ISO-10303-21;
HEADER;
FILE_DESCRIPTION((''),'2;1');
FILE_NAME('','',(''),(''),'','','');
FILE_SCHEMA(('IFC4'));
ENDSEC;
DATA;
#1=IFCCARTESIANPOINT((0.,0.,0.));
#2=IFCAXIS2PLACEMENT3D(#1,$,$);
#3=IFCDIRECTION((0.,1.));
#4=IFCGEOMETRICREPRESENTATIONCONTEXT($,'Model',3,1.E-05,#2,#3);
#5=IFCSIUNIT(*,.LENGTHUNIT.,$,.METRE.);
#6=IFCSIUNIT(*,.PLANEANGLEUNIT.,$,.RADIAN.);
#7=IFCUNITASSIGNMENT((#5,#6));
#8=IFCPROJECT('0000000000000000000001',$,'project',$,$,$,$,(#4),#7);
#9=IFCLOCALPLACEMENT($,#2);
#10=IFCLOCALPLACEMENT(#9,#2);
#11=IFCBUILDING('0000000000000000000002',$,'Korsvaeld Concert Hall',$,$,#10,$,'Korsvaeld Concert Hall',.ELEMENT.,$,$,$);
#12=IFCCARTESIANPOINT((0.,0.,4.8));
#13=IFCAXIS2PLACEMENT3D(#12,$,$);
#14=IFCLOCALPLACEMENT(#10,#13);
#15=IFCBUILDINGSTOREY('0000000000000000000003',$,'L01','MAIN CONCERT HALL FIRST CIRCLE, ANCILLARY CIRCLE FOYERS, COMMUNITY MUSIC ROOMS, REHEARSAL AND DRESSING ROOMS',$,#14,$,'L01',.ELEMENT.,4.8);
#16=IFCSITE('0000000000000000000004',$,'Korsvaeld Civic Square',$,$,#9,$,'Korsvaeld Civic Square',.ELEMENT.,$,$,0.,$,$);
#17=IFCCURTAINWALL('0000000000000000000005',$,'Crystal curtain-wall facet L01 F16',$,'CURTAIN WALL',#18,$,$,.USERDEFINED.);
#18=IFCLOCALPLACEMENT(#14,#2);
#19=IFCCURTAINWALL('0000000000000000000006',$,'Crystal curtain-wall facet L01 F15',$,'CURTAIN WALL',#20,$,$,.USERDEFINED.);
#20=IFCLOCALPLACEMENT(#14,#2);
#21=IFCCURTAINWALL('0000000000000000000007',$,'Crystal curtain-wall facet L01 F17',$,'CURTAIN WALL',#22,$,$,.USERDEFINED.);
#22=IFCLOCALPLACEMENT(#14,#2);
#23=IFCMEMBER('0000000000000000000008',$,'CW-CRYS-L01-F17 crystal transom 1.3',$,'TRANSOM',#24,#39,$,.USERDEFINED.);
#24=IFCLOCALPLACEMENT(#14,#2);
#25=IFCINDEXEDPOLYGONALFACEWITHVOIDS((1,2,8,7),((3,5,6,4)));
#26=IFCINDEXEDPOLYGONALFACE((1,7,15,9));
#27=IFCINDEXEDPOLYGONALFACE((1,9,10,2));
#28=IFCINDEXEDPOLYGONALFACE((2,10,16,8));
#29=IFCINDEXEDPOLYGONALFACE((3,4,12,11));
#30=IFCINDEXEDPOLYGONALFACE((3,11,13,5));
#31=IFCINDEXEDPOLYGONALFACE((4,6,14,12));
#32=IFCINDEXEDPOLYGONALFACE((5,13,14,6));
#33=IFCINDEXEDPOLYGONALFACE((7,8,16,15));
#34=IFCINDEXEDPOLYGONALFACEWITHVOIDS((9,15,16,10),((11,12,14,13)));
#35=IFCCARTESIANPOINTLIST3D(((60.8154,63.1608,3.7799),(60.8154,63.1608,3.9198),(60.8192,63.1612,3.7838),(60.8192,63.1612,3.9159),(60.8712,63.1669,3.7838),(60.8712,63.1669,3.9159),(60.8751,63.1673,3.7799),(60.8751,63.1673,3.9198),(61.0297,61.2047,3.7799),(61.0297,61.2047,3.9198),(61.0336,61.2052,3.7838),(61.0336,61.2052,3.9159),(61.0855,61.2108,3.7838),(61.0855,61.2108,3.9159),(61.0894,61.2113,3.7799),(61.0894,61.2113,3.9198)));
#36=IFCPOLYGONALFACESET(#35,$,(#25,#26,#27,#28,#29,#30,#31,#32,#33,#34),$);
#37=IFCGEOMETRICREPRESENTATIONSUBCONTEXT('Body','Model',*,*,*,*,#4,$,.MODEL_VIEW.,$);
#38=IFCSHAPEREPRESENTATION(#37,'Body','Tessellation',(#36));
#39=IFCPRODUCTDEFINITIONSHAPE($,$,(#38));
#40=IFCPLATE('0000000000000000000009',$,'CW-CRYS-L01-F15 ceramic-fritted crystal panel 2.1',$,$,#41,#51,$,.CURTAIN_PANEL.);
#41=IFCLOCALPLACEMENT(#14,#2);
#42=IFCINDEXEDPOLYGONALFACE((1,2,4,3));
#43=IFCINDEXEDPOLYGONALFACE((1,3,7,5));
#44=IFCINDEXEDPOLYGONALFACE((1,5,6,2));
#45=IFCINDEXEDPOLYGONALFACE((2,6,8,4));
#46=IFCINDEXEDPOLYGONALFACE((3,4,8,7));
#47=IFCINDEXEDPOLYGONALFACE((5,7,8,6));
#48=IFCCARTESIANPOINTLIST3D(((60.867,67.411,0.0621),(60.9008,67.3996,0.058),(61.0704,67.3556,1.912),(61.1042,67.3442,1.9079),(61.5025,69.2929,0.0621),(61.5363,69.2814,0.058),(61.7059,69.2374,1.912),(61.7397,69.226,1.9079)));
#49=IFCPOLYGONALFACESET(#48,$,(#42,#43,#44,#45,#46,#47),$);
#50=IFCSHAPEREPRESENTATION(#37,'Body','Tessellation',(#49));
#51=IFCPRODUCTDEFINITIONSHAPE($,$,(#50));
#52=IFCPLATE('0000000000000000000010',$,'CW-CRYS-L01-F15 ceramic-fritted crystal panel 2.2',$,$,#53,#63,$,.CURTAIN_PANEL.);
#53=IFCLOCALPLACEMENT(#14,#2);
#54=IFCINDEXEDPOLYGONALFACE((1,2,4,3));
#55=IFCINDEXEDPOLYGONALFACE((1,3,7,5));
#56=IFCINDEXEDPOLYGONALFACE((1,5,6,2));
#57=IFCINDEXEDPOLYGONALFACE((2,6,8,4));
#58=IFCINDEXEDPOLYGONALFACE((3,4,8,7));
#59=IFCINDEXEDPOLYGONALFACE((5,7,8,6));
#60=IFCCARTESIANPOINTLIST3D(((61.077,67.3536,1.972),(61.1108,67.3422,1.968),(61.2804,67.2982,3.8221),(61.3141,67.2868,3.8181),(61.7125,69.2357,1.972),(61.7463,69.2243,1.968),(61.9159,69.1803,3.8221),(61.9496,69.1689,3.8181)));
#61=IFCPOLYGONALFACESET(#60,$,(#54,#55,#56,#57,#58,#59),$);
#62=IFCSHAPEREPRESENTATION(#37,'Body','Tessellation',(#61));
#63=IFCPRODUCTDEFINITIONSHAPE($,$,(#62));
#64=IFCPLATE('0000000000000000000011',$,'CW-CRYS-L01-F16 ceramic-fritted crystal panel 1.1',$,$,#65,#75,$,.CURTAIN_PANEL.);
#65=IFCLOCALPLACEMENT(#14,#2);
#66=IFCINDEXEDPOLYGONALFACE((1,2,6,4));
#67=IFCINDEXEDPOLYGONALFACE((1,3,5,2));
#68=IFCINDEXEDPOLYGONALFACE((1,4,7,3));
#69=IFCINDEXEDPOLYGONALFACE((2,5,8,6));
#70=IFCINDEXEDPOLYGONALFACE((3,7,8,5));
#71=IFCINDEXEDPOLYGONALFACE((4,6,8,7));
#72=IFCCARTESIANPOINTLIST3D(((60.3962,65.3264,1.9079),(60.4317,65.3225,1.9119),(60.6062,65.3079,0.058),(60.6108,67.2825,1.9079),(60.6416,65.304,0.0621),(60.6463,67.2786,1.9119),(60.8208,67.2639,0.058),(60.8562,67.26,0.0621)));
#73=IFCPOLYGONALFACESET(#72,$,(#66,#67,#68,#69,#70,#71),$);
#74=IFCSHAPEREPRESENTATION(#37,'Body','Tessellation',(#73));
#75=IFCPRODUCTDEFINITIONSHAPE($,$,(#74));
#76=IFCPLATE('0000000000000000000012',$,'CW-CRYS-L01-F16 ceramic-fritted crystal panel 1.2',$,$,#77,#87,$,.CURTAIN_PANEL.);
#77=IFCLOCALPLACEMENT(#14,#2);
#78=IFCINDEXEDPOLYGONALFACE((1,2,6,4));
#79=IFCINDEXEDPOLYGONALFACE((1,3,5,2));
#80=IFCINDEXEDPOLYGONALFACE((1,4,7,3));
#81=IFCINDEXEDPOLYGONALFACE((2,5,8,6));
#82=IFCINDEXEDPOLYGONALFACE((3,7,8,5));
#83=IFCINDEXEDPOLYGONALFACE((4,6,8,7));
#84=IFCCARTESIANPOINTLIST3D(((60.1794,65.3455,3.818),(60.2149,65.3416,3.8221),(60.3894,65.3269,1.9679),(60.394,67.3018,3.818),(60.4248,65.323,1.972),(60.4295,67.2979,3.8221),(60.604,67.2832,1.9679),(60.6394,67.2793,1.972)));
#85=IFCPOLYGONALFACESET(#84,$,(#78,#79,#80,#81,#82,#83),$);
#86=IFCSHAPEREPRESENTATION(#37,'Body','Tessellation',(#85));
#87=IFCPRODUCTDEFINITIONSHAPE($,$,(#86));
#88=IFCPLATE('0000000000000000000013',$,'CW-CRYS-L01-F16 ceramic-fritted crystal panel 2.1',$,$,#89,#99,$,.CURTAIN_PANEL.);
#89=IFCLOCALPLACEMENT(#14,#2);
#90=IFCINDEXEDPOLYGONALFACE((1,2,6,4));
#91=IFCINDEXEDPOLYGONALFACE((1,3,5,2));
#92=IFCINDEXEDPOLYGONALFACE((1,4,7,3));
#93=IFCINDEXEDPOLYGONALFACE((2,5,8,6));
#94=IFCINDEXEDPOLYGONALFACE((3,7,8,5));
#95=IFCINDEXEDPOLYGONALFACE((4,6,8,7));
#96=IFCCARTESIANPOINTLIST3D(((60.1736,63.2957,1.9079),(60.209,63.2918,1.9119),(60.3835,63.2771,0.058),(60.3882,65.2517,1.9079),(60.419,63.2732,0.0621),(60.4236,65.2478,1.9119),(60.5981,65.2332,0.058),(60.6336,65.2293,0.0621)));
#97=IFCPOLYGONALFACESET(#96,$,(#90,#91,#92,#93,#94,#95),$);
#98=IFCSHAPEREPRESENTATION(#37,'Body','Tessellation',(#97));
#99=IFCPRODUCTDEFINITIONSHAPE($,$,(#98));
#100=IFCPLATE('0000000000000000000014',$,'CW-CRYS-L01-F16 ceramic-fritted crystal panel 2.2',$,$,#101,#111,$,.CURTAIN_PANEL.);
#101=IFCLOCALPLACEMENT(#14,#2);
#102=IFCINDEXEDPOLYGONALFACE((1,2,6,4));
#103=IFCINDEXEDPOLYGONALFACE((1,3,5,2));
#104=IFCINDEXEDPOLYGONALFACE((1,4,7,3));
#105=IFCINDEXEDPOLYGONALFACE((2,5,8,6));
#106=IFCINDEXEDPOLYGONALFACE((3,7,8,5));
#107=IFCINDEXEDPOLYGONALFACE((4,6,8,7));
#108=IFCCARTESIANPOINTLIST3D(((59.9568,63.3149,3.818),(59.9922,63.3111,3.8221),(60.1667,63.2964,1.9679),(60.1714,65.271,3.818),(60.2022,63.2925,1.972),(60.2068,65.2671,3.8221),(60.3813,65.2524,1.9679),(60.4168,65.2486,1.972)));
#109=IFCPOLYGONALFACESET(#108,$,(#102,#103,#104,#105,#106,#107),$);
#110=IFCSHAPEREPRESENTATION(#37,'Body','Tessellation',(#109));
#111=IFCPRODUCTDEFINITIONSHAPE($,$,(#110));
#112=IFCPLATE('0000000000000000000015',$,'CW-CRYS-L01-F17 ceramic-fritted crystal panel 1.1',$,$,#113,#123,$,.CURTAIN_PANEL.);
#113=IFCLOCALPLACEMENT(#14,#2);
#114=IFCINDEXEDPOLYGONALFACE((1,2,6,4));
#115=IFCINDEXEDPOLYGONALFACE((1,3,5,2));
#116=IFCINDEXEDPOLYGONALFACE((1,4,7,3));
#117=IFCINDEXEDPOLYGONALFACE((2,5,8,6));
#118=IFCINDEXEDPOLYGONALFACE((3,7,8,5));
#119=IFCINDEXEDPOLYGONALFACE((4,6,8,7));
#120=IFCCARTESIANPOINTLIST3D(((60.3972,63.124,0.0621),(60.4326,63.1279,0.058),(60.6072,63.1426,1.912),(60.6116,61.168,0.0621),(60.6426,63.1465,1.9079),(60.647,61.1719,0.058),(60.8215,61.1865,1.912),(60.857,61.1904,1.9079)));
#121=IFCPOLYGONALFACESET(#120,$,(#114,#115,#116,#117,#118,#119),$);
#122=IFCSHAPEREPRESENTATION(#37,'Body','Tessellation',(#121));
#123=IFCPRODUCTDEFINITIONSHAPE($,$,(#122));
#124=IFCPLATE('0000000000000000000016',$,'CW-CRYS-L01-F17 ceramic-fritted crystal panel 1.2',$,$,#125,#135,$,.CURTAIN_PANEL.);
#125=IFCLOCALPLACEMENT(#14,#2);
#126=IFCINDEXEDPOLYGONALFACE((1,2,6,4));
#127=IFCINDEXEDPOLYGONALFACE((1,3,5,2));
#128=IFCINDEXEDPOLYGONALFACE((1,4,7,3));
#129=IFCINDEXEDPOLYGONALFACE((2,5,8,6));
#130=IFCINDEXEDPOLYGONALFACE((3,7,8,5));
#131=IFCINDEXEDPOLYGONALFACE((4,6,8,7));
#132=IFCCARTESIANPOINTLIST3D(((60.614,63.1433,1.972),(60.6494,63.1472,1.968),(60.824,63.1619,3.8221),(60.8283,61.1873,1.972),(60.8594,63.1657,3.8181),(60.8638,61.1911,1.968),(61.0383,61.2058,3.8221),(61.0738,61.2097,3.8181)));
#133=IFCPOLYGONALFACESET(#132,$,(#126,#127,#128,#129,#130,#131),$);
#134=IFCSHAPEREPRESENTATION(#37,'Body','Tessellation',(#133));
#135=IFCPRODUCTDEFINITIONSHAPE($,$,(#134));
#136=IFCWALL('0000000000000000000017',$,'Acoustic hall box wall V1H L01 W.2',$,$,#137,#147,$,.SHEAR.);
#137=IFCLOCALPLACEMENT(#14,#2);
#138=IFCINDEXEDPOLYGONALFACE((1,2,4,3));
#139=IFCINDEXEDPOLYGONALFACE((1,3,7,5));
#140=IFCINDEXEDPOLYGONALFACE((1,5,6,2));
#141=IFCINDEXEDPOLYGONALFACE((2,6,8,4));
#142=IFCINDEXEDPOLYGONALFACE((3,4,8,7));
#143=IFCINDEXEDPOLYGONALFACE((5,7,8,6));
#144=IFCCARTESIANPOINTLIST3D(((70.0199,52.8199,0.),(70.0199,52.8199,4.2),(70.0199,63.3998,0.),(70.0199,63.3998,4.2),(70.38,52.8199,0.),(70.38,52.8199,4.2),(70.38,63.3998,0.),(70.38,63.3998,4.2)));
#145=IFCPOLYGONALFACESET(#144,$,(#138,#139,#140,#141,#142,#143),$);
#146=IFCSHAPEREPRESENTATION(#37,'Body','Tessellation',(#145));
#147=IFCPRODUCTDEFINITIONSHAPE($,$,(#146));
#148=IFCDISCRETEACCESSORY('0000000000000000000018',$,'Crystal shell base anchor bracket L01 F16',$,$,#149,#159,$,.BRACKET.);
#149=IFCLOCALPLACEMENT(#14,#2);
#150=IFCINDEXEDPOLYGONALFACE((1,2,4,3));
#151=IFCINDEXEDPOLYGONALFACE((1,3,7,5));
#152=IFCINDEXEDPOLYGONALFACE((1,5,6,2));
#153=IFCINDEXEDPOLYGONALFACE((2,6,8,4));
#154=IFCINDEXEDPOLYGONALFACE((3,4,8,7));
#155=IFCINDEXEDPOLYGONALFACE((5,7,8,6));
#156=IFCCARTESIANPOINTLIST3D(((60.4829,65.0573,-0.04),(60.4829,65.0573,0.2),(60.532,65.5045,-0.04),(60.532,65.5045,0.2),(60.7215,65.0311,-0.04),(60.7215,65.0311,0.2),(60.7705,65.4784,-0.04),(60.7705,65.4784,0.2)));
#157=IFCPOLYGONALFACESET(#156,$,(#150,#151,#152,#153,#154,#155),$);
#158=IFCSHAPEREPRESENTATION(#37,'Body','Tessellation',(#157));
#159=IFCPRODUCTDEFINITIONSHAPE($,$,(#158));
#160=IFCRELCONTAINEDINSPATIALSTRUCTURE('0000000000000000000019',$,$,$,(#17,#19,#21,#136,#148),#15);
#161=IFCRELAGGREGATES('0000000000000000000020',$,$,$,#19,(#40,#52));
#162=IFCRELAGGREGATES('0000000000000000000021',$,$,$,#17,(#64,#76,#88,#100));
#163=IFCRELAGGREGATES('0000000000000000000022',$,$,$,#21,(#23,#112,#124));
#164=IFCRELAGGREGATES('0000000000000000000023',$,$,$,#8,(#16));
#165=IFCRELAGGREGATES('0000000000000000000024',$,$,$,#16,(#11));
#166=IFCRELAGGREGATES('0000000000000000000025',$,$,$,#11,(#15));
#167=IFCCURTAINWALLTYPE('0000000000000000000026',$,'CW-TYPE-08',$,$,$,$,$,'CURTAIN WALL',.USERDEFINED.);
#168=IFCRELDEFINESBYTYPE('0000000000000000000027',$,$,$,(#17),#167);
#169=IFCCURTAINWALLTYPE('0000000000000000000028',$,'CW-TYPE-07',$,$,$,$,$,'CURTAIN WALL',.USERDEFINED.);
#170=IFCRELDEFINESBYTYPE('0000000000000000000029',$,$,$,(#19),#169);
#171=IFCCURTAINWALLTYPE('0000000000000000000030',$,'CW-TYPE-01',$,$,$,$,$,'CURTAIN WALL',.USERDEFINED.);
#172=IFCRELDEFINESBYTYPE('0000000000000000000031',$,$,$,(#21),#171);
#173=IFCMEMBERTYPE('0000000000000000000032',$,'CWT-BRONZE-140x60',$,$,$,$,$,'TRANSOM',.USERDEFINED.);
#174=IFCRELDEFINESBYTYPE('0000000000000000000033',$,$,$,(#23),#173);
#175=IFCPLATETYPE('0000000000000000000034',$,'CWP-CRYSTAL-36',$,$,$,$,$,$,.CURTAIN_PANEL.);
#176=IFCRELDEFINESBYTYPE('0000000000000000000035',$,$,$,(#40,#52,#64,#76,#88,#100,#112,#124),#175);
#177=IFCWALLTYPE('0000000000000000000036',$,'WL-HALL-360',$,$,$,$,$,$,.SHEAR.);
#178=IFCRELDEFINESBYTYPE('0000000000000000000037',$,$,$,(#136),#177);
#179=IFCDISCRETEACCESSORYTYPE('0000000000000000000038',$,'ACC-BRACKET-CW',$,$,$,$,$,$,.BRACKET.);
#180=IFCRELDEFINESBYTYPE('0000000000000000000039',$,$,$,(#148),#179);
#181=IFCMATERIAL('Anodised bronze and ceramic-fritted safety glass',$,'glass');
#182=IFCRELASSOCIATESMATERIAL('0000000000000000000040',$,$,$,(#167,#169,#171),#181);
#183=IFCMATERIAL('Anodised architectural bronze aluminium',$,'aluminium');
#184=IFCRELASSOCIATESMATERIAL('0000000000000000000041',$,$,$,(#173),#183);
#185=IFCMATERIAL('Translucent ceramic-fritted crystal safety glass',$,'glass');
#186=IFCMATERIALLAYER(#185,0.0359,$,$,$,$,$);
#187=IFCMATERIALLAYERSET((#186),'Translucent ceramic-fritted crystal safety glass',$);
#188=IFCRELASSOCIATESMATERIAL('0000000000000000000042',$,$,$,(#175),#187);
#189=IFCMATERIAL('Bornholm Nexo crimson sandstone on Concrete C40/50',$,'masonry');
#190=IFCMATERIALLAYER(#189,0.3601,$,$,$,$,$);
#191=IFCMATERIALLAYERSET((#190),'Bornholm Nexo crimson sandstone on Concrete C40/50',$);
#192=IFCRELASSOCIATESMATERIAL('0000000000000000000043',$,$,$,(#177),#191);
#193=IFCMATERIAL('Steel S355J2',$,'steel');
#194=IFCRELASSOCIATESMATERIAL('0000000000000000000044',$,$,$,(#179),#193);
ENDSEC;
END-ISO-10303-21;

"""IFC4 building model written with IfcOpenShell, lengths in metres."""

from ifc_helpers import new_model, si_unit, direction, frame, frame_2d, origin, origin_2d, place, context, subcontext, project, spatial, polyline, rectangle, hollow_rectangle, outline, extrude, material, layer, layer_set, material_profile, profile_set, type_object, element, aggregate, save


model = new_model("IFC4")

# Units and contexts
model_context = context("Model", 3, precision=1e-05, world=origin(), true_north=direction((0.0, 1.0)))
body_context = subcontext(model_context, "Body", "Model", "MODEL_VIEW")
ifc_project = project(units=[si_unit("LENGTHUNIT", "METRE"), si_unit("PLANEANGLEUNIT", "RADIAN")], contexts=[model_context])

# Site, building, storey
site_placement = place(None, origin())
site = spatial("IfcSite", under=ifc_project, at=site_placement, Name="Korsvaeld Civic Square", LongName="Korsvaeld Civic Square", CompositionType="ELEMENT", RefElevation=0.0)
building_placement = place(site_placement, origin())
building = spatial("IfcBuilding", under=site, at=building_placement, Name="Korsvaeld Concert Hall", LongName="Korsvaeld Concert Hall", CompositionType="ELEMENT")
storey_placement = place(building_placement, frame((0.0, 0.0, 4.8)))
storey = spatial("IfcBuildingStorey", under=building, at=storey_placement, Name="L01", Description="MAIN CONCERT HALL FIRST CIRCLE, ANCILLARY CIRCLE FOYERS, COMMUNITY MUSIC ROOMS, REHEARSAL AND DRESSING ROOMS", LongName="L01", CompositionType="ELEMENT", Elevation=4.8)

# Curtain walls
ifc_material_1 = material(Name="Anodised bronze and ceramic-fritted safety glass", Category="glass")
curtain_wall_type_1 = type_object("IfcCurtainWallType", Name="CW-TYPE-08", ElementType="CURTAIN WALL", PredefinedType="USERDEFINED", material=ifc_material_1)
curtain_wall_1_placement = place(storey_placement, origin())
curtain_wall_1 = element("IfcCurtainWall", 1, at=curtain_wall_1_placement, inside=storey, type_object=curtain_wall_type_1, Name="Crystal curtain-wall facet L01 F16", ObjectType="CURTAIN WALL", PredefinedType="USERDEFINED")
ifc_material_2 = material(Name="Anodised architectural bronze aluminium", Category="aluminium")
curtain_wall_type_2 = type_object("IfcCurtainWallType", Name="CW-TYPE-07", ElementType="CURTAIN WALL", PredefinedType="USERDEFINED", material=ifc_material_1)
curtain_wall_2_placement = place(storey_placement, origin())
curtain_wall_2 = element("IfcCurtainWall", 2, at=curtain_wall_2_placement, inside=storey, type_object=curtain_wall_type_2, Name="Crystal curtain-wall facet L01 F15", ObjectType="CURTAIN WALL", PredefinedType="USERDEFINED")

# Curtain wall
curtain_wall_type_3 = type_object("IfcCurtainWallType", Name="CW-TYPE-01", ElementType="CURTAIN WALL", PredefinedType="USERDEFINED", material=ifc_material_1)
curtain_wall_3_placement = place(storey_placement, origin())
curtain_wall_3 = element("IfcCurtainWall", 3, at=curtain_wall_3_placement, inside=storey, type_object=curtain_wall_type_3, Name="Crystal curtain-wall facet L01 F17", ObjectType="CURTAIN WALL", PredefinedType="USERDEFINED")

# Member
ifc_material_profile_1 = material_profile(ifc_material_2, hollow_rectangle(XDim=0.0601, YDim=0.1399, WallThickness=0.0039, at=origin_2d()), Name="CWT 140x60x4")
ifc_profile_set_1 = profile_set([ifc_material_profile_1], Name="Anodised architectural bronze aluminium")
member_type_1 = type_object("IfcMemberType", Name="CWT-BRONZE-140x60", ElementType="TRANSOM", PredefinedType="USERDEFINED", material=ifc_profile_set_1)
member_1_placement = place(storey_placement, frame((60.8452, 63.1641, 3.8499), z_axis=(0.108933, -0.994049, 0.0), x_axis=(0.994049, 0.108933, 0.0)))
member_1 = element("IfcMember", 4, at=member_1_placement, type_object=member_type_1, Name="CW-CRYS-L01-F17 crystal transom 1.3", ObjectType="TRANSOM", PredefinedType="USERDEFINED", context=body_context, shape_type="SweptSolid", body=[
    extrude(hollow_rectangle(XDim=0.0601, YDim=0.1399, WallThickness=0.0039, at=origin_2d()), origin(), (0.0, 0.0, 1.0), 1.9678),
])

# Plates
ifc_material_3 = material(Name="Translucent ceramic-fritted crystal safety glass", Category="glass")
ifc_layer_1 = layer(ifc_material_3, 0.0359)
ifc_layer_set_1 = layer_set([ifc_layer_1], Name="Translucent ceramic-fritted crystal safety glass")
plate_type = type_object("IfcPlateType", Name="CWP-CRYSTAL-36", PredefinedType="CURTAIN_PANEL", material=ifc_layer_set_1)
plate_1_placement = place(storey_placement, frame((61.5195, 69.2871, 0.0601), z_axis=(-0.941365, 0.3179, 0.113016), x_axis=(-0.31995, -0.947435, 0.0)))
plate_1 = element("IfcPlate", 5, at=plate_1_placement, type_object=plate_type, Name="CW-CRYS-L01-F15 ceramic-fritted crystal panel 2.1", PredefinedType="CURTAIN_PANEL", context=body_context, shape_type="SweptSolid", body=[
    extrude(outline(polyline([(0.0, 0.0), (1.9862, 0.0), (1.9737, 1.8618), (-0.0126, 1.8618), (0.0, 0.0)])), frame((0.0, 0.0, 0.0181)), (0.0, 0.0, -1.0), 0.0359),
])
plate_2_placement = place(storey_placement, frame((61.7295, 69.23, 1.97), z_axis=(-0.941379, 0.317863, 0.113001), x_axis=(-0.319912, -0.947447, 0.0)))
plate_2 = element("IfcPlate", 6, at=plate_2_placement, type_object=plate_type, Name="CW-CRYS-L01-F15 ceramic-fritted crystal panel 2.2", PredefinedType="CURTAIN_PANEL", context=body_context, shape_type="SweptSolid", body=[
    extrude(outline(polyline([(0.0, 0.0), (1.9865, 0.0), (1.9739, 1.862), (-0.0126, 1.862), (0.0, 0.0)])), frame((0.0, 0.0, 0.0181)), (0.0, 0.0, -1.0), 0.0359),
])
aggregate(curtain_wall_2, [plate_1, plate_2])
plate_3_placement = place(storey_placement, frame((60.8386, 67.262, 0.0601), z_axis=(-0.987648, 0.108355, -0.113186), x_axis=(-0.109056, -0.994036, 0.0)))
plate_3 = element("IfcPlate", 7, at=plate_3_placement, type_object=plate_type, Name="CW-CRYS-L01-F16 ceramic-fritted crystal panel 1.1", PredefinedType="CURTAIN_PANEL", context=body_context, shape_type="SweptSolid", body=[
    extrude(outline(polyline([(0.0, 0.0), (1.9678, 0.0), (1.9722, 1.8618), (0.0045, 1.8618), (0.0, 0.0)])), frame((0.0, 0.0, 0.0181)), (0.0, 0.0, -1.0), 0.0359),
])
plate_4_placement = place(storey_placement, frame((60.6218, 67.2812, 1.97), z_axis=(-0.987651, 0.108342, -0.113172), x_axis=(-0.109043, -0.994037, 0.0)))
plate_4 = element("IfcPlate", 8, at=plate_4_placement, type_object=plate_type, Name="CW-CRYS-L01-F16 ceramic-fritted crystal panel 1.2", PredefinedType="CURTAIN_PANEL", context=body_context, shape_type="SweptSolid", body=[
    extrude(outline(polyline([(0.0, 0.0), (1.968, 0.0), (1.9725, 1.8621), (0.0045, 1.8621), (0.0, 0.0)])), frame((0.0, 0.0, 0.0181)), (0.0, 0.0, -1.0), 0.0359),
])
plate_5_placement = place(storey_placement, frame((60.616, 65.2312, 0.0601), z_axis=(-0.987648, 0.108355, -0.113186), x_axis=(-0.109056, -0.994036, 0.0)))
plate_5 = element("IfcPlate", 9, at=plate_5_placement, type_object=plate_type, Name="CW-CRYS-L01-F16 ceramic-fritted crystal panel 2.1", PredefinedType="CURTAIN_PANEL", context=body_context, shape_type="SweptSolid", body=[
    extrude(outline(polyline([(0.0, 0.0), (1.9678, 0.0), (1.9722, 1.8618), (0.0045, 1.8618), (0.0, 0.0)])), frame((0.0, 0.0, 0.0181)), (0.0, 0.0, -1.0), 0.0359),
])
plate_6_placement = place(storey_placement, frame((60.3992, 65.2505, 1.97), z_axis=(-0.987649, 0.108355, -0.113171), x_axis=(-0.109056, -0.994036, 0.0)))
plate_6 = element("IfcPlate", 10, at=plate_6_placement, type_object=plate_type, Name="CW-CRYS-L01-F16 ceramic-fritted crystal panel 2.2", PredefinedType="CURTAIN_PANEL", context=body_context, shape_type="SweptSolid", body=[
    extrude(outline(polyline([(0.0, 0.0), (1.9678, 0.0), (1.9722, 1.8621), (0.0045, 1.8621), (0.0, 0.0)])), frame((0.0, 0.0, 0.0181)), (0.0, 0.0, -1.0), 0.0359),
])
aggregate(curtain_wall_1, [plate_3, plate_4, plate_5, plate_6])
plate_7_placement = place(storey_placement, frame((60.415, 63.126, 0.0601), z_axis=(-0.987661, -0.108233, 0.113187), x_axis=(0.108933, -0.994049, 0.0)))
plate_7 = element("IfcPlate", 11, at=plate_7_placement, type_object=plate_type, Name="CW-CRYS-L01-F17 ceramic-fritted crystal panel 1.1", PredefinedType="CURTAIN_PANEL", context=body_context, shape_type="SweptSolid", body=[
    extrude(outline(polyline([(0.0, 0.0), (1.9678, 0.0), (1.9722, 1.8618), (0.0044, 1.8618), (0.0, 0.0)])), frame((0.0, 0.0, 0.0181)), (0.0, 0.0, -1.0), 0.0359),
])
plate_8_placement = place(storey_placement, frame((60.6318, 63.1453, 1.97), z_axis=(-0.987663, -0.108234, 0.113172), x_axis=(0.108933, -0.994049, 0.0)))
plate_8 = element("IfcPlate", 12, at=plate_8_placement, type_object=plate_type, Name="CW-CRYS-L01-F17 ceramic-fritted crystal panel 1.2", PredefinedType="CURTAIN_PANEL", context=body_context, shape_type="SweptSolid", body=[
    extrude(outline(polyline([(0.0, 0.0), (1.9678, 0.0), (1.9722, 1.8621), (0.0044, 1.8621), (0.0, 0.0)])), frame((0.0, 0.0, 0.0181)), (0.0, 0.0, -1.0), 0.0359),
])
aggregate(curtain_wall_3, [member_1, plate_7, plate_8])

# Wall
ifc_material_4 = material(Name="Bornholm Nexo crimson sandstone on Concrete C40/50", Category="masonry")
ifc_layer_2 = layer(ifc_material_4, 0.3601)
ifc_layer_set_2 = layer_set([ifc_layer_2], Name="Bornholm Nexo crimson sandstone on Concrete C40/50")
wall_type = type_object("IfcWallType", Name="WL-HALL-360", PredefinedType="SHEAR", material=ifc_layer_set_2)
wall_placement = place(storey_placement, frame((70.2, 63.3999, 0.0), z_axis=(0.0, 0.0, 1.0), x_axis=(0.0, -1.0, 0.0)))
element("IfcWall", 13, at=wall_placement, inside=storey, type_object=wall_type, Name="Acoustic hall box wall V1H L01 W.2", PredefinedType="SHEAR", context=body_context, shape_type="SweptSolid", body=[
    extrude(rectangle(XDim=10.5798, YDim=0.3601, at=frame_2d((5.29, 0.0))), origin(), (0.0, 0.0, 1.0), 4.2),
])

# Discrete accessory
ifc_material_5 = material(Name="Steel S355J2", Category="steel")
discrete_accessory_type = type_object("IfcDiscreteAccessoryType", Name="ACC-BRACKET-CW", PredefinedType="BRACKET", material=ifc_material_5)
discrete_accessory_placement = place(storey_placement, frame((60.6267, 65.2678, -0.04), z_axis=(0.0, 0.0, 1.0), x_axis=(-0.10904, -0.994037, 0.0)))
element("IfcDiscreteAccessory", 14, at=discrete_accessory_placement, inside=storey, type_object=discrete_accessory_type, Name="Crystal shell base anchor bracket L01 F16", PredefinedType="BRACKET", context=body_context, shape_type="SweptSolid", body=[
    extrude(rectangle(XDim=0.45, YDim=0.24, at=origin_2d()), origin(), (0.0, 0.0, 1.0), 0.24),
])

save(model, "model.ifc")
